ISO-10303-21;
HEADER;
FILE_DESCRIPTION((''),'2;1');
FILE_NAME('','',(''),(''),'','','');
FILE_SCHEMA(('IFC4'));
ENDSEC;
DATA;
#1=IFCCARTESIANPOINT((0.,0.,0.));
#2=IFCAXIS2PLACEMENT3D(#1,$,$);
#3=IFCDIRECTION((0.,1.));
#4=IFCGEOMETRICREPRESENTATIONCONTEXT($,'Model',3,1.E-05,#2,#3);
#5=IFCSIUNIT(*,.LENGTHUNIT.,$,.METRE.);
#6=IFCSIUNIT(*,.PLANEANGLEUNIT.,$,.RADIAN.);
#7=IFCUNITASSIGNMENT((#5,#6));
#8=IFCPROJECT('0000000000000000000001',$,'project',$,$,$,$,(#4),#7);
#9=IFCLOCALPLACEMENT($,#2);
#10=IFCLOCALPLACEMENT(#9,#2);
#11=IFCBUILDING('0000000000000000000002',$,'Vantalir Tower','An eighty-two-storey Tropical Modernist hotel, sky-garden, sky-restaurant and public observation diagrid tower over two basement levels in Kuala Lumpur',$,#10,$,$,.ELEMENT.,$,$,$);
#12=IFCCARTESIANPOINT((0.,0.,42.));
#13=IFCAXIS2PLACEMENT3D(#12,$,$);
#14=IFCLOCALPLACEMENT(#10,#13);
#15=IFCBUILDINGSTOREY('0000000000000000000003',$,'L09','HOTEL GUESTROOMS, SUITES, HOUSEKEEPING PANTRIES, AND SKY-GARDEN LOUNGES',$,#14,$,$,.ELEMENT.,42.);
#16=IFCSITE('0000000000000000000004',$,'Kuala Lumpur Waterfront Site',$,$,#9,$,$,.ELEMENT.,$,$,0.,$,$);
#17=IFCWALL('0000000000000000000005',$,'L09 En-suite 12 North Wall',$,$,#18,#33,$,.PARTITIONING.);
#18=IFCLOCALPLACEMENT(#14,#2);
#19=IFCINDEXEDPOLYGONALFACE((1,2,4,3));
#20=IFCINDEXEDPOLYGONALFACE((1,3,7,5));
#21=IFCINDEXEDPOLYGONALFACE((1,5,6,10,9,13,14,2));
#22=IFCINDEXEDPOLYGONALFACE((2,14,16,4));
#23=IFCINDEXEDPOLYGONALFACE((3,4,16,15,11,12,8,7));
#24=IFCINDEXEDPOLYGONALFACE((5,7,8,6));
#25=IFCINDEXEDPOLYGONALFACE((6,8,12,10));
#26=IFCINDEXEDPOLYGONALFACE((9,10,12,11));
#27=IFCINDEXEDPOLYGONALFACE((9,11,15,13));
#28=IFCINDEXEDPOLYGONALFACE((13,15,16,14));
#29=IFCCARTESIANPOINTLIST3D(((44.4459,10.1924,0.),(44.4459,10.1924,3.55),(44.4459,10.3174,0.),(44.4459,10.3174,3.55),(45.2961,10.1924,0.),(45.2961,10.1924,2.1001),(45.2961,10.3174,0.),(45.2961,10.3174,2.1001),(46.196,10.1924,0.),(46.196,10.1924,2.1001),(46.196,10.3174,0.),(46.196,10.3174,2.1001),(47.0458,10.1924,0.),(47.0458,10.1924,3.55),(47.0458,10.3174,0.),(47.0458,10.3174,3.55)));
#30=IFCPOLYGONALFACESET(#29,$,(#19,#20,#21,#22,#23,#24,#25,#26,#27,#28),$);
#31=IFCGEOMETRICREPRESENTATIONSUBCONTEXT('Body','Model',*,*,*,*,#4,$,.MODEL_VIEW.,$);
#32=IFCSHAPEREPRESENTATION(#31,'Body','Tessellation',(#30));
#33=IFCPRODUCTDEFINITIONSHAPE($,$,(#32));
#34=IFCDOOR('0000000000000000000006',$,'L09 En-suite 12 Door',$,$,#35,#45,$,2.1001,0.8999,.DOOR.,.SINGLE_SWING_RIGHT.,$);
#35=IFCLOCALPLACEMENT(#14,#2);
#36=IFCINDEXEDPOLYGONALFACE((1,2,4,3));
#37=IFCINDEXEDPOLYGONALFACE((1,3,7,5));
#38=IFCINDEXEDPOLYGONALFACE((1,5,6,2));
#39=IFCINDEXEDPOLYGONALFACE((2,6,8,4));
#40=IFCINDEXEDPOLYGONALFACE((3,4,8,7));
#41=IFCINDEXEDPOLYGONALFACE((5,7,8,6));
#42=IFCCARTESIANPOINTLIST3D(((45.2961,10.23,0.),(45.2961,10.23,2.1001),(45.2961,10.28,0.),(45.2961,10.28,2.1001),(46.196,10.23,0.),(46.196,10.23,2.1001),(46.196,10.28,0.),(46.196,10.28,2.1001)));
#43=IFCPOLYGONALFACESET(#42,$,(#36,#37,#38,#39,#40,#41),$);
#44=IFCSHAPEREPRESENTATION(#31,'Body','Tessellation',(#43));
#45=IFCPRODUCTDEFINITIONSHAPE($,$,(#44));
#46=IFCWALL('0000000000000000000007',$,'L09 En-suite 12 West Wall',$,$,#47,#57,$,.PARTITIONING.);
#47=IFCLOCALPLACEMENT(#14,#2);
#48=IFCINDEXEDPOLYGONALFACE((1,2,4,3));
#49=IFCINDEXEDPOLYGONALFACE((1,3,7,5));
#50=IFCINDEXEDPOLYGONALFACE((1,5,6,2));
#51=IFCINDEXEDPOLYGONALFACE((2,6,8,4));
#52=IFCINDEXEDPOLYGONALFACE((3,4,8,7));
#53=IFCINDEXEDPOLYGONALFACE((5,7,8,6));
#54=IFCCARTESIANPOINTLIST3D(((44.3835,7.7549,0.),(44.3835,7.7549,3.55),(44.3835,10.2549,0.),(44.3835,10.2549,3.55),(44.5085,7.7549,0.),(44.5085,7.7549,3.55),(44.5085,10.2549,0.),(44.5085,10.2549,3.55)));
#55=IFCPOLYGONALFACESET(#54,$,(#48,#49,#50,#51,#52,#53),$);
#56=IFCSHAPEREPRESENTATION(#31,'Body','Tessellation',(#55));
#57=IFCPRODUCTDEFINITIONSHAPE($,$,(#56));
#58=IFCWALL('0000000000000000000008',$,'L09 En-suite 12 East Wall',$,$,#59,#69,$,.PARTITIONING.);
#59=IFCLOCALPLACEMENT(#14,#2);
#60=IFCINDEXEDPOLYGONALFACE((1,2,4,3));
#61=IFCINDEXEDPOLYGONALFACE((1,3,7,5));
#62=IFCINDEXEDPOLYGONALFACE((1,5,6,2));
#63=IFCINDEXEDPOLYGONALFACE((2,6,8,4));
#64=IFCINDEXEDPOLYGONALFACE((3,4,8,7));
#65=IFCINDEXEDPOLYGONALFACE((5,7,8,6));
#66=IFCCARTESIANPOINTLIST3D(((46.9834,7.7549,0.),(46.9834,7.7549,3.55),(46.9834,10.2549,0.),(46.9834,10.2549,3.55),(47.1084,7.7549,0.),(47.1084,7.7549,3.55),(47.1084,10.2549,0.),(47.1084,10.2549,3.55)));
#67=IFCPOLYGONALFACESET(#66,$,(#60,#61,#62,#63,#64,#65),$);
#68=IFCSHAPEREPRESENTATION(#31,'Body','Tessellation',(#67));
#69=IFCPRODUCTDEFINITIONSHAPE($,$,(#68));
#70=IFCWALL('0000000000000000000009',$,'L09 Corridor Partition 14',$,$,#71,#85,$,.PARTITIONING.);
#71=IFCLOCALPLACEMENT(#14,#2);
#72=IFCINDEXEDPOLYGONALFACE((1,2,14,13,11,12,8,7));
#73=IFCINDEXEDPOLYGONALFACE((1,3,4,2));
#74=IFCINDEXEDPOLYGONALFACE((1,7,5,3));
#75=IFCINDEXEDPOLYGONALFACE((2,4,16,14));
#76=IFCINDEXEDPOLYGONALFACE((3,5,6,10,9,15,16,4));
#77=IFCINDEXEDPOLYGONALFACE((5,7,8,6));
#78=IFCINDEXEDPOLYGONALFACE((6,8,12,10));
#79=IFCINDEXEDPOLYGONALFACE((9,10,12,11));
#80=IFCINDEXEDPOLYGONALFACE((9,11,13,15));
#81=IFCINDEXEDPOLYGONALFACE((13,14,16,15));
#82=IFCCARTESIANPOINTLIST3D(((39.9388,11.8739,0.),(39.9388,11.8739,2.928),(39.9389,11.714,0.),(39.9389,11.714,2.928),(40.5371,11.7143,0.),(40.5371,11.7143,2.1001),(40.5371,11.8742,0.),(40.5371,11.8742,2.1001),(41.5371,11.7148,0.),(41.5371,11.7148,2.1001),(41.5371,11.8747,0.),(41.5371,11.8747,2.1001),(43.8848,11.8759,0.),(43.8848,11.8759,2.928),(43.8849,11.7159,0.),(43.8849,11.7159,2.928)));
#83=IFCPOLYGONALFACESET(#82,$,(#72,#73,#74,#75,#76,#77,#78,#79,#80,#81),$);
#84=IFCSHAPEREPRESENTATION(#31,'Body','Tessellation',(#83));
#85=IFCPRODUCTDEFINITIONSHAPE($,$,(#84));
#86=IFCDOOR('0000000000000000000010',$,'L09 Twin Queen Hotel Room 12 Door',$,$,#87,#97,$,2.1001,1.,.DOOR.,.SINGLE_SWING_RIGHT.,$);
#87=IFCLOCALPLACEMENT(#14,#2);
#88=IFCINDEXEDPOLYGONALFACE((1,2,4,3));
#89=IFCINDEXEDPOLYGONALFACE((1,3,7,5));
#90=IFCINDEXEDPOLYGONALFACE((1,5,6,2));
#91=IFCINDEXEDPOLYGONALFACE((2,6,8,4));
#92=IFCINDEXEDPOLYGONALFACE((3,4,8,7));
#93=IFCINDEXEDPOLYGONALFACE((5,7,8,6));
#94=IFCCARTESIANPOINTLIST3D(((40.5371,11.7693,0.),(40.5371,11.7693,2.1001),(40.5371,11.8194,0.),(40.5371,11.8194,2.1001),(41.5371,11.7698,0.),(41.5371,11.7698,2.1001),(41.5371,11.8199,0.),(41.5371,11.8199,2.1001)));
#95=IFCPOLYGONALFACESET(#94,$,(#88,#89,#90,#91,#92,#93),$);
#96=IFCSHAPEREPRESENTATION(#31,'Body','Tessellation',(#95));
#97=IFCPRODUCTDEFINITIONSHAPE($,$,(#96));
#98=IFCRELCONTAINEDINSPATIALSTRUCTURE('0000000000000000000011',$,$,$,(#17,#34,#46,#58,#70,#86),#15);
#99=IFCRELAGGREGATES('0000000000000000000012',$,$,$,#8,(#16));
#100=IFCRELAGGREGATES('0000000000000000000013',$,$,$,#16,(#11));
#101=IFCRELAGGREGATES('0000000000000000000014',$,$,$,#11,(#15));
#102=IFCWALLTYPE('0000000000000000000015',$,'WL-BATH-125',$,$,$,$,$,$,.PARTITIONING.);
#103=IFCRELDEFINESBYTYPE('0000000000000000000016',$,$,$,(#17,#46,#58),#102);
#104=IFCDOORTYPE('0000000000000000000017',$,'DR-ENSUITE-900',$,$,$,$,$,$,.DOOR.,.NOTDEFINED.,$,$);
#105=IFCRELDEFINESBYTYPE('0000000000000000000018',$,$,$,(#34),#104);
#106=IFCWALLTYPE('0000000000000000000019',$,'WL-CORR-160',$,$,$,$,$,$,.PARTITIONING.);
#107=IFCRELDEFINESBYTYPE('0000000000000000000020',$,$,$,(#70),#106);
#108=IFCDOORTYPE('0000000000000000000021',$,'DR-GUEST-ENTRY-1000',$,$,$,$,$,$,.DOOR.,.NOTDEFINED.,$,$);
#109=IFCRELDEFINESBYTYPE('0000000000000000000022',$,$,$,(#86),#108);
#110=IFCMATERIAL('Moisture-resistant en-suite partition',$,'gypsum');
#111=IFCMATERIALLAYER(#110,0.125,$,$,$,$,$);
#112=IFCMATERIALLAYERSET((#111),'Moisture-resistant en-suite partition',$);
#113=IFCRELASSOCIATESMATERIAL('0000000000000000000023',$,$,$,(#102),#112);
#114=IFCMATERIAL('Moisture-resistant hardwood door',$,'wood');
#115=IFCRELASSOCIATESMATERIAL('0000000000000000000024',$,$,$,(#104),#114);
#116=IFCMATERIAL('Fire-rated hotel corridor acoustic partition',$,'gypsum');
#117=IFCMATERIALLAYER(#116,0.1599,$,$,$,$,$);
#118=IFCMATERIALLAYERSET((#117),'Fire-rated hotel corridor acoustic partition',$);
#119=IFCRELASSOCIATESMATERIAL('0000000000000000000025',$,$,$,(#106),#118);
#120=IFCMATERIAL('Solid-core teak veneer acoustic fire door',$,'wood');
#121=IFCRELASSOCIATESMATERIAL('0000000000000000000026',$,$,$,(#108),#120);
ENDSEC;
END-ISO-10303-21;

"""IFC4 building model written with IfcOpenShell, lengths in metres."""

from ifc_helpers import new_model, si_unit, direction, frame, frame_2d, origin, place, context, subcontext, project, spatial, rectangle, extrude, material, layer, layer_set, type_object, element, fill, save


model = new_model("IFC4")

# Units and contexts
model_context = context("Model", 3, precision=1e-05, world=origin(), true_north=direction((0.0, 1.0)))
body_context = subcontext(model_context, "Body", "Model", "MODEL_VIEW")
ifc_project = project(units=[si_unit("LENGTHUNIT", "METRE"), si_unit("PLANEANGLEUNIT", "RADIAN")], contexts=[model_context])

# Site, building, storey
site_placement = place(None, origin())
site = spatial("IfcSite", under=ifc_project, at=site_placement, Name="Kuala Lumpur Waterfront Site", CompositionType="ELEMENT", RefElevation=0.0)
building_placement = place(site_placement, origin())
building = spatial("IfcBuilding", under=site, at=building_placement, Name="Vantalir Tower", Description="An eighty-two-storey Tropical Modernist hotel, sky-garden, sky-restaurant and public observation diagrid tower over two basement levels in Kuala Lumpur", CompositionType="ELEMENT")
storey_placement = place(building_placement, frame((0.0, 0.0, 42.0)))
storey = spatial("IfcBuildingStorey", under=building, at=storey_placement, Name="L09", Description="HOTEL GUESTROOMS, SUITES, HOUSEKEEPING PANTRIES, AND SKY-GARDEN LOUNGES", CompositionType="ELEMENT", Elevation=42.0)

# Shared definitions
ifc_material_1 = material(Name="Moisture-resistant en-suite partition", Category="gypsum")
ifc_layer_1 = layer(ifc_material_1, 0.125)
ifc_layer_set_1 = layer_set([ifc_layer_1], Name="Moisture-resistant en-suite partition")
wall_type_1 = type_object("IfcWallType", Name="WL-BATH-125", PredefinedType="PARTITIONING", material=ifc_layer_set_1)

# Wall, opening, door
wall_1_placement = place(storey_placement, frame((44.446, 10.2549, 0.0), z_axis=(0.0, 0.0, 1.0), x_axis=(1.0, 0.0, 0.0)))
wall_1 = element("IfcWall", 1, at=wall_1_placement, inside=storey, type_object=wall_type_1, Name="L09 En-suite 12 North Wall", PredefinedType="PARTITIONING", context=body_context, shape_type="SweptSolid", body=[
    extrude(rectangle(XDim=2.5999, YDim=0.125, at=frame_2d((1.2998, 0.0))), origin(), (0.0, 0.0, 1.0), 3.55),
])
opening_1_placement = place(wall_1_placement, frame((0.8501, 0.0, 0.0)))
opening_1 = element("IfcOpeningElement", 2, at=opening_1_placement, cuts=wall_1, PredefinedType="OPENING", context=body_context, shape_type="SweptSolid", body=[
    extrude(rectangle(XDim=0.8999, YDim=2.1001, at=frame_2d((0.45, 1.05))), frame((0.0, 0.0725, 0.0), z_axis=(0.0, -1.0, 0.0), x_axis=(1.0, 0.0, 0.0)), (0.0, 0.0, 1.0), 0.145),
])
ifc_material_2 = material(Name="Moisture-resistant hardwood door", Category="wood")
door_type_1 = type_object("IfcDoorType", Name="DR-ENSUITE-900", OperationType="NOTDEFINED", PredefinedType="DOOR", material=ifc_material_2)
door_1_placement = place(opening_1_placement, frame((0.8999, 0.0, 0.0), z_axis=(0.0, 0.0, 1.0), x_axis=(-1.0, 0.0, 0.0)))
door_1 = element("IfcDoor", 3, at=door_1_placement, inside=storey, type_object=door_type_1, Name="L09 En-suite 12 Door", OperationType="SINGLE_SWING_RIGHT", OverallHeight=2.1001, OverallWidth=0.8999, PredefinedType="DOOR", context=body_context, shape_type="SweptSolid", body=[
    extrude(rectangle(XDim=0.8999, YDim=2.1001, at=frame_2d((0.45, 1.05))), frame((0.0, 0.0249, 0.0), z_axis=(0.0, -1.0, 0.0), x_axis=(1.0, 0.0, 0.0)), (0.0, 0.0, 1.0), 0.05),
])
fill(opening_1, door_1)

# Walls
for number, where, z_axis, x_axis, name in (
    (4, (44.446, 7.7549, 0.0), (0.0, 0.0, 1.0), (0.0, 1.0, 0.0), "L09 En-suite 12 West Wall"),
    (5, (47.0459, 7.7549, 0.0), (0.0, 0.0, 1.0), (0.0, 1.0, 0.0), "L09 En-suite 12 East Wall"),
):
    element("IfcWall", number, at=place(storey_placement, frame(where, z_axis=z_axis, x_axis=x_axis)), inside=storey, type_object=wall_type_1, Name=name, PredefinedType="PARTITIONING", context=body_context, shape_type="SweptSolid", body=[
        extrude(rectangle(XDim=2.5, YDim=0.125, at=frame_2d((1.25, 0.0))), origin(), (0.0, 0.0, 1.0), 3.55),
    ])

# Wall, opening, door
ifc_material_3 = material(Name="Fire-rated hotel corridor acoustic partition", Category="gypsum")
ifc_layer_2 = layer(ifc_material_3, 0.1599)
ifc_layer_set_2 = layer_set([ifc_layer_2], Name="Fire-rated hotel corridor acoustic partition")
wall_type_2 = type_object("IfcWallType", Name="WL-CORR-160", PredefinedType="PARTITIONING", material=ifc_layer_set_2)
wall_2_placement = place(storey_placement, frame((43.885, 11.7959, 0.0), z_axis=(0.0, 0.0, 1.0), x_axis=(-1.0, -0.000495, 0.0)))
wall_2 = element("IfcWall", 6, at=wall_2_placement, inside=storey, type_object=wall_type_2, Name="L09 Corridor Partition 14", PredefinedType="PARTITIONING", context=body_context, shape_type="SweptSolid", body=[
    extrude(rectangle(XDim=3.946, YDim=0.1599, at=frame_2d((1.9731, 0.0))), origin(), (0.0, 0.0, 1.0), 2.928),
])
opening_2_placement = place(wall_2_placement, frame((2.3479, 0.0, 0.0)))
opening_2 = element("IfcOpeningElement", 7, at=opening_2_placement, cuts=wall_2, PredefinedType="OPENING", context=body_context, shape_type="SweptSolid", body=[
    extrude(rectangle(XDim=1.0, YDim=2.1001, at=frame_2d((0.5, 1.05))), frame((0.0, 0.0898, 0.0), z_axis=(0.0, -1.0, 0.0), x_axis=(1.0, 0.0, 0.0)), (0.0, 0.0, 1.0), 0.1799),
])
ifc_material_4 = material(Name="Solid-core teak veneer acoustic fire door", Category="wood")
door_type_2 = type_object("IfcDoorType", Name="DR-GUEST-ENTRY-1000", OperationType="NOTDEFINED", PredefinedType="DOOR", material=ifc_material_4)
door_2_placement = place(opening_2_placement, origin())
door_2 = element("IfcDoor", 8, at=door_2_placement, inside=storey, type_object=door_type_2, Name="L09 Twin Queen Hotel Room 12 Door", OperationType="SINGLE_SWING_RIGHT", OverallHeight=2.1001, OverallWidth=1.0, PredefinedType="DOOR", context=body_context, shape_type="SweptSolid", body=[
    extrude(rectangle(XDim=1.0, YDim=2.1001, at=frame_2d((0.5, 1.05))), frame((0.0, 0.0249, 0.0), z_axis=(0.0, -1.0, 0.0), x_axis=(1.0, 0.0, 0.0)), (0.0, 0.0, 1.0), 0.05),
])
fill(opening_2, door_2)

save(model, "model.ifc")
